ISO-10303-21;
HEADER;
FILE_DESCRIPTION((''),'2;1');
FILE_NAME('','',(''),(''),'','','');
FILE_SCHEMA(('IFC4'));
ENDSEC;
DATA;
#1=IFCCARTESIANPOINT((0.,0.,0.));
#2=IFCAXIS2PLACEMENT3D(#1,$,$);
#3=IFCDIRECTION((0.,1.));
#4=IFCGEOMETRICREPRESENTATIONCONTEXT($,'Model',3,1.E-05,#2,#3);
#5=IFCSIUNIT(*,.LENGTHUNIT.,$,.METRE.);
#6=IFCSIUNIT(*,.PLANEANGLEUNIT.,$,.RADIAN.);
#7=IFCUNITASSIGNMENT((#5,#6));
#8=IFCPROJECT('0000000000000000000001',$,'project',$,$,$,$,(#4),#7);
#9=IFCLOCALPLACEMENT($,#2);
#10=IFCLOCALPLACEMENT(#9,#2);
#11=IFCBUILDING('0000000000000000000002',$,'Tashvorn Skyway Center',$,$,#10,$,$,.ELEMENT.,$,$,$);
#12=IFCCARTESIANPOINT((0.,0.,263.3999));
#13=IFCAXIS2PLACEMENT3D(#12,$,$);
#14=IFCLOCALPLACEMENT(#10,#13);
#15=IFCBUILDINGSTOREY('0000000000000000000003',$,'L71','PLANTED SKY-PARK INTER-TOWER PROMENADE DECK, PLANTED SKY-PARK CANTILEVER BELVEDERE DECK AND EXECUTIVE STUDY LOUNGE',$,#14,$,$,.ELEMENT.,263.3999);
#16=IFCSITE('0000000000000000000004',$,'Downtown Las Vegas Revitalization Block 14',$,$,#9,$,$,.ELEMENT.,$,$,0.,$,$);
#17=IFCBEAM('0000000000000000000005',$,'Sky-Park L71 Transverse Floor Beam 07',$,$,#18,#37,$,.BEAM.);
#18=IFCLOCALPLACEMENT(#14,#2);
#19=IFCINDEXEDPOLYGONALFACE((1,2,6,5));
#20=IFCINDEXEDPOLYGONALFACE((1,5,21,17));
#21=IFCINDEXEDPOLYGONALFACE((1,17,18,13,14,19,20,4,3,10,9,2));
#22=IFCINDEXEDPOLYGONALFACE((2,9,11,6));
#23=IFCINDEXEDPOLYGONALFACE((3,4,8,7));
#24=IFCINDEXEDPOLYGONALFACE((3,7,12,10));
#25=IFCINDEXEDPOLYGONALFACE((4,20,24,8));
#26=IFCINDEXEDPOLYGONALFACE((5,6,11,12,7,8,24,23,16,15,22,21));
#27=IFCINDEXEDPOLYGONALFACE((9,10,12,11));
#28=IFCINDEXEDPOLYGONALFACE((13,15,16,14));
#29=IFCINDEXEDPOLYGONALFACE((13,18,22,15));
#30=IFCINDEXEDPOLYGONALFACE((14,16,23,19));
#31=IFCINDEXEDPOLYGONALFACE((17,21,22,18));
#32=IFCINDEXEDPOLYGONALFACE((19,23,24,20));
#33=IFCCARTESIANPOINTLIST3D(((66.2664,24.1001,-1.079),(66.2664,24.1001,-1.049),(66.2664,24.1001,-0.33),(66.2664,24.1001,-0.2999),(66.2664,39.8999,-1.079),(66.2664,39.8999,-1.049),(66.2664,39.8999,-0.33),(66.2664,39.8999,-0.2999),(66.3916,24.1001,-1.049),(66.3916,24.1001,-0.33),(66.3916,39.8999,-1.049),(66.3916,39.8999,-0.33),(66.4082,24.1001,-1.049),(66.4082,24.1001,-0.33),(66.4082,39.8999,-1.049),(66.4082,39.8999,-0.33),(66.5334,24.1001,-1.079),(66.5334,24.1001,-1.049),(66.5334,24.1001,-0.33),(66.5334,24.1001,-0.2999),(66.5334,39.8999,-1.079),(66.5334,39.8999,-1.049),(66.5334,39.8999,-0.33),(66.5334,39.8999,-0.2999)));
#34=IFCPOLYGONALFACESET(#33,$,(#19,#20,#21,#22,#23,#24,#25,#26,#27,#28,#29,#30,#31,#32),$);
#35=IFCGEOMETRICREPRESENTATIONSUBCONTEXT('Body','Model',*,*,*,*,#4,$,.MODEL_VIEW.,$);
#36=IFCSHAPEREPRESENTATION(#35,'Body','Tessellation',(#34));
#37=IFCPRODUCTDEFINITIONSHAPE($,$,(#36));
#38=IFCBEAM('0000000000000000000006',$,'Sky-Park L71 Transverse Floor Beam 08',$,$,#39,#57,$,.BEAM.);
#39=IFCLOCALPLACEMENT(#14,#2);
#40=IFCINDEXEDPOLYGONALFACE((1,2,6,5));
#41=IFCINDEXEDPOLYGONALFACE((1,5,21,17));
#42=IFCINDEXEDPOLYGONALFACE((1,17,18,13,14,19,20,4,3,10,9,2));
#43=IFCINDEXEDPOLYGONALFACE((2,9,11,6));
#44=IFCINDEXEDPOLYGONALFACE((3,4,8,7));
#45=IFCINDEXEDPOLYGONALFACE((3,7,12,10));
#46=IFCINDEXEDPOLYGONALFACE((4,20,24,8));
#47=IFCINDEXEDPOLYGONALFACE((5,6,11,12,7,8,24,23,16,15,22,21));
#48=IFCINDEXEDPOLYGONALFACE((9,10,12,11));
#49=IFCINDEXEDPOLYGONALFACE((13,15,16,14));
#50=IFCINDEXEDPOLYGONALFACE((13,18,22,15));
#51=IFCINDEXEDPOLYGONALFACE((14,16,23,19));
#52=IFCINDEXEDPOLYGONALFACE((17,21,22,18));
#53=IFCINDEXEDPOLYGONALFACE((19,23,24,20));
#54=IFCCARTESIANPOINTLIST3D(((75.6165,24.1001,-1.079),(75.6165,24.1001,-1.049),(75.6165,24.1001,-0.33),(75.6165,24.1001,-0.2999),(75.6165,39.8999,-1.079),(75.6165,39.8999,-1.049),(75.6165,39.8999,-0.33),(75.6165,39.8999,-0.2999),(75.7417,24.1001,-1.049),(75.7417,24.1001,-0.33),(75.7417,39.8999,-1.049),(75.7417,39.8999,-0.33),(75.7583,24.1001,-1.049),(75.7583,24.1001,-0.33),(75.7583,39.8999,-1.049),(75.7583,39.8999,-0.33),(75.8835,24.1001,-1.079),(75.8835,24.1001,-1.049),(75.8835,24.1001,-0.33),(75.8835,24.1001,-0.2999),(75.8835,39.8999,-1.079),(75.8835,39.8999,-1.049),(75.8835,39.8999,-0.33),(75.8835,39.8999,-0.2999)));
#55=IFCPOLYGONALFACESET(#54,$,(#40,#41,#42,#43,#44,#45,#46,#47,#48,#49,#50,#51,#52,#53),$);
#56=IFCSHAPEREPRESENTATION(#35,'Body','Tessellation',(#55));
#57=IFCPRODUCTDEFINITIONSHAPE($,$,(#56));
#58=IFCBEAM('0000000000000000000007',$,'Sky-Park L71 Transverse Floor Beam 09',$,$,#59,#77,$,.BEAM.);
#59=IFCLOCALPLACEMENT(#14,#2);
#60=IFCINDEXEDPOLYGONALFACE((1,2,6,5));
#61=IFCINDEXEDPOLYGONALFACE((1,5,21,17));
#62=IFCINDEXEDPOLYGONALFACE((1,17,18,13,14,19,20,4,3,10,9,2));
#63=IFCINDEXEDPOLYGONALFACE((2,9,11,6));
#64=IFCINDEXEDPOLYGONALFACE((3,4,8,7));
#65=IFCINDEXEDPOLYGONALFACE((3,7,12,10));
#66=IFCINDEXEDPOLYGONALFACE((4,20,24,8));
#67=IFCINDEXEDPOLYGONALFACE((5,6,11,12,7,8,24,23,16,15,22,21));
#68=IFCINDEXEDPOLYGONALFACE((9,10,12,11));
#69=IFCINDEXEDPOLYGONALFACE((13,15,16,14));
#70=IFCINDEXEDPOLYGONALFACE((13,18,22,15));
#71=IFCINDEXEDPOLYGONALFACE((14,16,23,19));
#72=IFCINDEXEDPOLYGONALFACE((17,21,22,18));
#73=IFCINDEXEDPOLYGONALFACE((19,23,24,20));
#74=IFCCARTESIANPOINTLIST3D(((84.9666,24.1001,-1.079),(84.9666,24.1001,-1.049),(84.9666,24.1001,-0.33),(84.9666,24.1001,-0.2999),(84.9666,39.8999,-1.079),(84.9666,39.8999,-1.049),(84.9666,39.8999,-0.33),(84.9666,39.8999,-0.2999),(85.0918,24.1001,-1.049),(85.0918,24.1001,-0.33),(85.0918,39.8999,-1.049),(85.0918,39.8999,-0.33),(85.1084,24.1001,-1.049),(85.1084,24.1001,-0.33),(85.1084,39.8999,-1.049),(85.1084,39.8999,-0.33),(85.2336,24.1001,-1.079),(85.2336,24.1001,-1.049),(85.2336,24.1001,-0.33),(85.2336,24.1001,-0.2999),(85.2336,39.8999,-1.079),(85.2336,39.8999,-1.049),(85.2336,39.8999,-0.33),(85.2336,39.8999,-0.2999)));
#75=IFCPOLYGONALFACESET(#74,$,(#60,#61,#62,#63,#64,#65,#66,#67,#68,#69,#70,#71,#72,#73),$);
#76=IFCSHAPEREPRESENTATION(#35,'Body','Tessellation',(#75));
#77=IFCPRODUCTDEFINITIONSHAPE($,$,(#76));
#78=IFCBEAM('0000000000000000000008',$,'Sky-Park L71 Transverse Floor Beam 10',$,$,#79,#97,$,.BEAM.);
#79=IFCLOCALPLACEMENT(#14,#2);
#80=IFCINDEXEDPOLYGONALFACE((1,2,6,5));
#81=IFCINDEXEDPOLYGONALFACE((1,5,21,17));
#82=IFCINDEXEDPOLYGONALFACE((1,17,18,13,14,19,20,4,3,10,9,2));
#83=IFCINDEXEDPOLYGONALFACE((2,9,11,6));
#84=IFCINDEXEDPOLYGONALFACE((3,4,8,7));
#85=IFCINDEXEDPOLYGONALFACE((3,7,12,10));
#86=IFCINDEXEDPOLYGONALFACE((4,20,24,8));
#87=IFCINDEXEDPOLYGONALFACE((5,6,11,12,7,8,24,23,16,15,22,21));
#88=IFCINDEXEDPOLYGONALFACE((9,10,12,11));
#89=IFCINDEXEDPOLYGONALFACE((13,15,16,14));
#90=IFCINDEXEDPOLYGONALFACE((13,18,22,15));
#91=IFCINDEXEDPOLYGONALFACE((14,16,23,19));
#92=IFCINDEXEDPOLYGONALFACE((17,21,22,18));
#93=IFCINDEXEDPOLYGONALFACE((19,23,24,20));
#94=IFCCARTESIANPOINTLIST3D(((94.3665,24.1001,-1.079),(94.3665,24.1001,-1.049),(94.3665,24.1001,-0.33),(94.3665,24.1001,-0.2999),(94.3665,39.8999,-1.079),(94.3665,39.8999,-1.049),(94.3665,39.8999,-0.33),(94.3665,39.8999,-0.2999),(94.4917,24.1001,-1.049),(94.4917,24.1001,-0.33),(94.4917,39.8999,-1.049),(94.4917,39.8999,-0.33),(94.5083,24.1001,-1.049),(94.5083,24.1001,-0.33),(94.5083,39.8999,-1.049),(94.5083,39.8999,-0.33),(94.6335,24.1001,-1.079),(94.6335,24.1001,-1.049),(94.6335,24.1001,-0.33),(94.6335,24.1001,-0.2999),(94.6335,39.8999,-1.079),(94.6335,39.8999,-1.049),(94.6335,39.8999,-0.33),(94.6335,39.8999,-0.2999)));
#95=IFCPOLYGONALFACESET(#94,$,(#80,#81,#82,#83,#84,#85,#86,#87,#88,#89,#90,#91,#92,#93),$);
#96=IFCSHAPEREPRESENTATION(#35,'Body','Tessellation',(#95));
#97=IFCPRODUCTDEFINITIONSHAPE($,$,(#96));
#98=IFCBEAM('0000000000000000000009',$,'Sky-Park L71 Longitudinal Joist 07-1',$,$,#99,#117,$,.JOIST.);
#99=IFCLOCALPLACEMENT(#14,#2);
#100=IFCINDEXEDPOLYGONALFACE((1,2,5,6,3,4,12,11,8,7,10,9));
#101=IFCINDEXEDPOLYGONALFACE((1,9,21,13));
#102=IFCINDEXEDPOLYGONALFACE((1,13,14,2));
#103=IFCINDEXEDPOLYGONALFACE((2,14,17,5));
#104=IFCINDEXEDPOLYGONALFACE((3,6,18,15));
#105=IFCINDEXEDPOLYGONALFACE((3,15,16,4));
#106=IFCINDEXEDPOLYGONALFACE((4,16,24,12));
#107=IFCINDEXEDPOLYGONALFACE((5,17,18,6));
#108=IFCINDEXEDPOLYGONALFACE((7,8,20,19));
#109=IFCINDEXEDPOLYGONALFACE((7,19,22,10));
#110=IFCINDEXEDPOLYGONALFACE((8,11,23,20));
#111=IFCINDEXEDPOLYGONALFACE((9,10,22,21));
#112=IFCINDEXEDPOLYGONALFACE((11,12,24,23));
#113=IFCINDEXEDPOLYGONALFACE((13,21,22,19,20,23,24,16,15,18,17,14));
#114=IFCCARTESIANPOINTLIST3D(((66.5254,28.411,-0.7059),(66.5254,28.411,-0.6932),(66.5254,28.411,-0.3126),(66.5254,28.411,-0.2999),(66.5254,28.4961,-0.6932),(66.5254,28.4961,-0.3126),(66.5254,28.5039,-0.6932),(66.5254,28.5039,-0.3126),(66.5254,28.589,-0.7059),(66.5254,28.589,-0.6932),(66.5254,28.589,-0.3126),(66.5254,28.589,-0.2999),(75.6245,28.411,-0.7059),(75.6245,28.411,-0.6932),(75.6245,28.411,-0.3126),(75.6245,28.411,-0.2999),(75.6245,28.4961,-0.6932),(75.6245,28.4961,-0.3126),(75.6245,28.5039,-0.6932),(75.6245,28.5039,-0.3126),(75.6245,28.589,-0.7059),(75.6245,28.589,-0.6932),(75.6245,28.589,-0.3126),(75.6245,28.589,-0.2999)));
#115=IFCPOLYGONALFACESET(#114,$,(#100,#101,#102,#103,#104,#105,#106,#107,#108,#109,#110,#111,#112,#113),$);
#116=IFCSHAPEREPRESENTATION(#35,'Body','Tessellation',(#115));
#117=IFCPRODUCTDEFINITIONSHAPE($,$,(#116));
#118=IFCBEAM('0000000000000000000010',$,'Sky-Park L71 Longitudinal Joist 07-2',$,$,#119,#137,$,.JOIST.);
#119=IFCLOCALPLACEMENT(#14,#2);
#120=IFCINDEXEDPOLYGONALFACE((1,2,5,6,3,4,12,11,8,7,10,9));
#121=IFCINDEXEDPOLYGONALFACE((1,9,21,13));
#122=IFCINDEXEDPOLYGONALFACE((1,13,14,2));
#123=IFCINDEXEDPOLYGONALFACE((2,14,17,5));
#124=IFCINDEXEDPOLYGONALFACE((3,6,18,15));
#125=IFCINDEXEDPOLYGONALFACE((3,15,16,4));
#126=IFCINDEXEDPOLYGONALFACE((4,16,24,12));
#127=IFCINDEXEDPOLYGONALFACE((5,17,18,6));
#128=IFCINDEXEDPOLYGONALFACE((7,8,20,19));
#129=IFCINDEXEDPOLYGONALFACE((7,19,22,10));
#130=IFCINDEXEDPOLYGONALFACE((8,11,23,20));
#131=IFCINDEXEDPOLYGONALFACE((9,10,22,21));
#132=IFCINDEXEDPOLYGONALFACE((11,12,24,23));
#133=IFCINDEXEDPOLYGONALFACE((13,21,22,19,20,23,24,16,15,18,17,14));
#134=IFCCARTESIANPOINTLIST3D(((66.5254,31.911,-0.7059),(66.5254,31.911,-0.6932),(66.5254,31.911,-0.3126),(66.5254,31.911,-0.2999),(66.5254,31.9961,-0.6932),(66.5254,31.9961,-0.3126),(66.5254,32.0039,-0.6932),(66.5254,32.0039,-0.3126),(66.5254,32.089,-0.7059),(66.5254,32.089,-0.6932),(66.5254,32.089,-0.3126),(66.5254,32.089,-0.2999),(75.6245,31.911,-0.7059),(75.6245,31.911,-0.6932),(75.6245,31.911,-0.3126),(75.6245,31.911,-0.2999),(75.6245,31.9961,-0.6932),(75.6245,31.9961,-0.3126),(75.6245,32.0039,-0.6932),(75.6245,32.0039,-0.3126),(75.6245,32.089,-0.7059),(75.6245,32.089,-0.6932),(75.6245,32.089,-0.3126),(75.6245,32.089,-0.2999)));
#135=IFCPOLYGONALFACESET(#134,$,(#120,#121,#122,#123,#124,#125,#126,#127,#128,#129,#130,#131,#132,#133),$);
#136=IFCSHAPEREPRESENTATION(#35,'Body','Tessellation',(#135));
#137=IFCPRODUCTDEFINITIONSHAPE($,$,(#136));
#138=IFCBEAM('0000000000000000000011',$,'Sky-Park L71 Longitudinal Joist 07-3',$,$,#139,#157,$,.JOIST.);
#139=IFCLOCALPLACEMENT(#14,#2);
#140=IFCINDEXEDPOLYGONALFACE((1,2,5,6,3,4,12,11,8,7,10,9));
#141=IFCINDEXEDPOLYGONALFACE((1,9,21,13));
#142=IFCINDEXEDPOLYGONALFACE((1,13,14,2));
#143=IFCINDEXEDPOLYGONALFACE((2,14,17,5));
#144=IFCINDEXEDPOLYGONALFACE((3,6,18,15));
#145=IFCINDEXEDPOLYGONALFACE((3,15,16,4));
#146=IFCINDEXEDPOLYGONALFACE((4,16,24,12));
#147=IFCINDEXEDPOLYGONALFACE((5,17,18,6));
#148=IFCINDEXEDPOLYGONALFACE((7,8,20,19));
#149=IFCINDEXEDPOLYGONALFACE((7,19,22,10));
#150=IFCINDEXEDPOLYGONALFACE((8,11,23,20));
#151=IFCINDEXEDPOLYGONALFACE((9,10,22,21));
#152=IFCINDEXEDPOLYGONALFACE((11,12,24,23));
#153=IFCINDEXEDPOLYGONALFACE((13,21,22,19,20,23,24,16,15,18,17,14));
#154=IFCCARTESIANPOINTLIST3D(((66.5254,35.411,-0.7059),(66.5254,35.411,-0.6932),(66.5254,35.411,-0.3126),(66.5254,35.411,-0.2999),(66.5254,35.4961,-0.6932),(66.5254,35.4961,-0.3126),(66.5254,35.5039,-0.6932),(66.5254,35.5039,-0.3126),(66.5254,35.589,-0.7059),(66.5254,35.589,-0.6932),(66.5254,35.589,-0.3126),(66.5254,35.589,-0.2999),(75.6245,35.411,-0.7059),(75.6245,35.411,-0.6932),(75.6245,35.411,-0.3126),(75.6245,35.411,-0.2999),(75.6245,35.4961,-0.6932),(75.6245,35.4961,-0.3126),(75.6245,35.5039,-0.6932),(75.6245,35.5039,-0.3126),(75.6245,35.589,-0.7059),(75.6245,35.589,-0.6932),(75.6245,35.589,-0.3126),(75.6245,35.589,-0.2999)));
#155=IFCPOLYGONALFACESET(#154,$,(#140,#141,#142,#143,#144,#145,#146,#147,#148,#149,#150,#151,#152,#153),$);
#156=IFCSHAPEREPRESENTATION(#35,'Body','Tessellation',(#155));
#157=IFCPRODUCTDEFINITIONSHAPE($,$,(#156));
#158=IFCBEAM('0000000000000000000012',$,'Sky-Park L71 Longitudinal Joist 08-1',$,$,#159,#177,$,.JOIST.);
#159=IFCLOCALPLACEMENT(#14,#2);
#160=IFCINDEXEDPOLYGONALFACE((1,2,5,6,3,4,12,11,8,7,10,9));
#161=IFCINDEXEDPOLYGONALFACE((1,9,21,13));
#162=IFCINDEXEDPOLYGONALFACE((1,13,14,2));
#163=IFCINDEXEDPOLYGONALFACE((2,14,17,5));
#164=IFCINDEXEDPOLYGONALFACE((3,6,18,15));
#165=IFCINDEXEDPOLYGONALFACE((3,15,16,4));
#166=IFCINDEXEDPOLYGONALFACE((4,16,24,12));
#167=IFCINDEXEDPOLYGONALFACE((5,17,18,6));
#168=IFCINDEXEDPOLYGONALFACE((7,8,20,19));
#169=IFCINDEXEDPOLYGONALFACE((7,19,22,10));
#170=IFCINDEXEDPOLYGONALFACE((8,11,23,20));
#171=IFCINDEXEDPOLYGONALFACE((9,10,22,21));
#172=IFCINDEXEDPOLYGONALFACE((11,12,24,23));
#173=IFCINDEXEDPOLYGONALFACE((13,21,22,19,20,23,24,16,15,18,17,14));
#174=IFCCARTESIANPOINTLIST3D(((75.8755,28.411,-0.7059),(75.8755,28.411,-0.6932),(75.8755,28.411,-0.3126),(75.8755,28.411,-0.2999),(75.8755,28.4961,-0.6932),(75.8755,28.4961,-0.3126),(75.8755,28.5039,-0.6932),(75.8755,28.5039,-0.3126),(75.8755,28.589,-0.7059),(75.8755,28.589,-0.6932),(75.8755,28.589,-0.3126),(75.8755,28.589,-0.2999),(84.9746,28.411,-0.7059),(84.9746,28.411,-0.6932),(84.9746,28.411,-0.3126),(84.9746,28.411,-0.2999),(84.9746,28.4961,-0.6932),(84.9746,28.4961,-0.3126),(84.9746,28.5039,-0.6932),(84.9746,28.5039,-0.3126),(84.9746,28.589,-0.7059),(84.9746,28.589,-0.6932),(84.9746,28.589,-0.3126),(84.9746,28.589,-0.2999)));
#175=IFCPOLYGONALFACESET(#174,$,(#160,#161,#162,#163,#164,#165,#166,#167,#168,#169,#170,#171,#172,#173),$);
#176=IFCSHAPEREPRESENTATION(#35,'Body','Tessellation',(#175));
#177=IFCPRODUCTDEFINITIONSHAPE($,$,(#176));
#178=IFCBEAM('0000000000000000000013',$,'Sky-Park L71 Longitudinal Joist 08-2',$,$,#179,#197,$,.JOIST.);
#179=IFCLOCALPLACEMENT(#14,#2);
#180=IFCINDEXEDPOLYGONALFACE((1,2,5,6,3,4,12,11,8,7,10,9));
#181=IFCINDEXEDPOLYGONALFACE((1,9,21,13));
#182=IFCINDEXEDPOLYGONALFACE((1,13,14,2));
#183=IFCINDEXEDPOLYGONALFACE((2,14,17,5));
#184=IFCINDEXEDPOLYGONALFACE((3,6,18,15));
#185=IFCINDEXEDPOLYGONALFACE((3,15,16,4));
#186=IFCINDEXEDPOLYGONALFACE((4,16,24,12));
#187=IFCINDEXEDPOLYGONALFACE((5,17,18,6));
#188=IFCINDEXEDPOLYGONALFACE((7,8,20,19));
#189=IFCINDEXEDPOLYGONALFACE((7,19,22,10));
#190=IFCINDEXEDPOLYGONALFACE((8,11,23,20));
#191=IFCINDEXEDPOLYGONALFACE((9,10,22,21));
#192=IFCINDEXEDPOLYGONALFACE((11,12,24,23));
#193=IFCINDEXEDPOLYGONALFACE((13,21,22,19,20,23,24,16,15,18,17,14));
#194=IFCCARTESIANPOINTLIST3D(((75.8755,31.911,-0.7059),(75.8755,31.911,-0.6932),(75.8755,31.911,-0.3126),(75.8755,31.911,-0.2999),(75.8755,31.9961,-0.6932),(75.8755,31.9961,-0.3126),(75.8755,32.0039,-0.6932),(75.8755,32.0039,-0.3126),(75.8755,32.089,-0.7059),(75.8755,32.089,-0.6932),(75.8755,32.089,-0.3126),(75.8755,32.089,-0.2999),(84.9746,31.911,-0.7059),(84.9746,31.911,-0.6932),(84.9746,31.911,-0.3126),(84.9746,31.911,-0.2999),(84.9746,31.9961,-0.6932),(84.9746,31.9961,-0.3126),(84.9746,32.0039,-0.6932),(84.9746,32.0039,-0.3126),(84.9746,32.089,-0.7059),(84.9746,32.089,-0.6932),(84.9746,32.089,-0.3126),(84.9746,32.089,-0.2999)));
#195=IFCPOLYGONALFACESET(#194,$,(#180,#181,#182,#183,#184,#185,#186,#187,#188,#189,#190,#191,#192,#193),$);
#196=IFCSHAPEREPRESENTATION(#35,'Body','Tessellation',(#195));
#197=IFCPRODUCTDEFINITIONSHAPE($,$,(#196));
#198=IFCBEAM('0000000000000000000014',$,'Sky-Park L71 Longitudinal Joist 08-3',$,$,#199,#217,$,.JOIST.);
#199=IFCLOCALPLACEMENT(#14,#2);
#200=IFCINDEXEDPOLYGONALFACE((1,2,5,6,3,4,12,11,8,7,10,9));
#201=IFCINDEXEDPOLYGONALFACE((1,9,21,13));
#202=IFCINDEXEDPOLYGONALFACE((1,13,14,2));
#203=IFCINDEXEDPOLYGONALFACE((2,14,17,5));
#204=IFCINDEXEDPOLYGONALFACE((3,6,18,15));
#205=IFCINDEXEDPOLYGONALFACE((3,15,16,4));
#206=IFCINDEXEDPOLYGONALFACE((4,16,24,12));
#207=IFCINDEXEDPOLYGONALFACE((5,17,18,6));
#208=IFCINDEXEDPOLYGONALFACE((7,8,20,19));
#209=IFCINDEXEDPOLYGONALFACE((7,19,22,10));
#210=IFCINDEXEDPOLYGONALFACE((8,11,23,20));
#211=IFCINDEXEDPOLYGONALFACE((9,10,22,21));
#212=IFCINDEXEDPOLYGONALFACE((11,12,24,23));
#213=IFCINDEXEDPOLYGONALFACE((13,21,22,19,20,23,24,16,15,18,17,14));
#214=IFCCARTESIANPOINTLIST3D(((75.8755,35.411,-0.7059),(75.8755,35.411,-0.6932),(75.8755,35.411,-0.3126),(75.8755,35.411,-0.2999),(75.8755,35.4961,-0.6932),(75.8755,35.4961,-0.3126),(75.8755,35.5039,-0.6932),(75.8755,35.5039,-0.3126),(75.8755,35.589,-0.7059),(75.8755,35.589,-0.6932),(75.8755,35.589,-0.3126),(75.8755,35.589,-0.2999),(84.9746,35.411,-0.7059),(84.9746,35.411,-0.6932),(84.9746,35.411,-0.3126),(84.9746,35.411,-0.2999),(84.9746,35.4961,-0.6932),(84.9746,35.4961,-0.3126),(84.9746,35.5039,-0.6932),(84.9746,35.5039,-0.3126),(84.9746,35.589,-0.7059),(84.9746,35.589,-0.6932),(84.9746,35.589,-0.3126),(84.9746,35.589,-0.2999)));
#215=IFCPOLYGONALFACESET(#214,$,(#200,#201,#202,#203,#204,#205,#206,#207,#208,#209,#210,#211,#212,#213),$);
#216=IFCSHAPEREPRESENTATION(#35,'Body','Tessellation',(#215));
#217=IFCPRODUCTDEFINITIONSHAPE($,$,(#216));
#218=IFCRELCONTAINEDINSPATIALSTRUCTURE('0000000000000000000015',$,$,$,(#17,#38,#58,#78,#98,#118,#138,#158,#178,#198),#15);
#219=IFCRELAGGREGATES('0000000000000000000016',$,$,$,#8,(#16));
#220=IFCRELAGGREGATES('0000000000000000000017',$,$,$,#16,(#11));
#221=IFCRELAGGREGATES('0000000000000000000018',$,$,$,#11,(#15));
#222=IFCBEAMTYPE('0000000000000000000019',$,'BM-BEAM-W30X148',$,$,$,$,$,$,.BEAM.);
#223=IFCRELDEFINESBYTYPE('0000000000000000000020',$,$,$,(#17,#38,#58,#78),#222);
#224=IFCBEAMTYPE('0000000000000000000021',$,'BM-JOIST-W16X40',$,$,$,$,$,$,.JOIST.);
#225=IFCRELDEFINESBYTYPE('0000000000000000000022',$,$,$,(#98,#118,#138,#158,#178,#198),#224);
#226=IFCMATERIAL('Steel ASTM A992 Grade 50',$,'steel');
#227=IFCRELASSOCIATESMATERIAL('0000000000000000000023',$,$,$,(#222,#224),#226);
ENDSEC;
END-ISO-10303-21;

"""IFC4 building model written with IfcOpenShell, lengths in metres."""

from ifc_helpers import new_model, si_unit, direction, frame, origin, origin_2d, place, context, subcontext, project, spatial, i_section, extrude, material, material_profile, profile_set, type_object, element, save


model = new_model("IFC4")

# Units and contexts
model_context = context("Model", 3, precision=1e-05, world=origin(), true_north=direction((0.0, 1.0)))
body_context = subcontext(model_context, "Body", "Model", "MODEL_VIEW")
ifc_project = project(units=[si_unit("LENGTHUNIT", "METRE"), si_unit("PLANEANGLEUNIT", "RADIAN")], contexts=[model_context])

# Site, building, storey
site_placement = place(None, origin())
site = spatial("IfcSite", under=ifc_project, at=site_placement, Name="Downtown Las Vegas Revitalization Block 14", CompositionType="ELEMENT", RefElevation=0.0)
building_placement = place(site_placement, origin())
building = spatial("IfcBuilding", under=site, at=building_placement, Name="Tashvorn Skyway Center", CompositionType="ELEMENT")
storey_placement = place(building_placement, frame((0.0, 0.0, 263.3999)))
storey = spatial("IfcBuildingStorey", under=building, at=storey_placement, Name="L71", Description="PLANTED SKY-PARK INTER-TOWER PROMENADE DECK, PLANTED SKY-PARK CANTILEVER BELVEDERE DECK AND EXECUTIVE STUDY LOUNGE", CompositionType="ELEMENT", Elevation=263.3999)

# Beams
ifc_material_1 = material(Name="Steel ASTM A992 Grade 50", Category="steel")
ifc_material_profile_1 = material_profile(ifc_material_1, i_section(OverallWidth=0.2671, OverallDepth=0.7791, WebThickness=0.0166, FlangeThickness=0.03, at=origin_2d()), Name="W30X148")
ifc_profile_set_1 = profile_set([ifc_material_profile_1], Name="Steel ASTM A992 Grade 50")
beam_type_1 = type_object("IfcBeamType", Name="BM-BEAM-W30X148", PredefinedType="BEAM", material=ifc_profile_set_1)
for number, where, z_axis, x_axis, name in (
    (1, (66.3999, 24.1001, -0.6895), (0.0, 1.0, 0.0), (-1.0, 0.0, 0.0), "Sky-Park L71 Transverse Floor Beam 07"),
    (2, (75.75, 24.1001, -0.6895), (0.0, 1.0, 0.0), (-1.0, 0.0, 0.0), "Sky-Park L71 Transverse Floor Beam 08"),
    (3, (85.1001, 24.1001, -0.6895), (0.0, 1.0, 0.0), (-1.0, 0.0, 0.0), "Sky-Park L71 Transverse Floor Beam 09"),
    (4, (94.5, 24.1001, -0.6895), (0.0, 1.0, 0.0), (-1.0, 0.0, 0.0), "Sky-Park L71 Transverse Floor Beam 10"),
):
    element("IfcBeam", number, at=place(storey_placement, frame(where, z_axis=z_axis, x_axis=x_axis)), inside=storey, type_object=beam_type_1, Name=name, PredefinedType="BEAM", context=body_context, shape_type="SweptSolid", body=[
        extrude(i_section(OverallWidth=0.2671, OverallDepth=0.7791, WebThickness=0.0166, FlangeThickness=0.03, at=origin_2d()), origin(), (0.0, 0.0, 1.0), 15.7998),
    ])
ifc_material_profile_2 = material_profile(ifc_material_1, i_section(OverallWidth=0.178, OverallDepth=0.406, WebThickness=0.0078, FlangeThickness=0.0127, at=origin_2d()), Name="W16X40")
ifc_profile_set_2 = profile_set([ifc_material_profile_2], Name="Steel ASTM A992 Grade 50")
beam_type_2 = type_object("IfcBeamType", Name="BM-JOIST-W16X40", PredefinedType="JOIST", material=ifc_profile_set_2)
for number, where, z_axis, x_axis, name in (
    (5, (66.5254, 28.5, -0.5029), (1.0, 0.0, 0.0), (0.0, 1.0, 0.0), "Sky-Park L71 Longitudinal Joist 07-1"),
    (6, (66.5254, 32.0, -0.5029), (1.0, 0.0, 0.0), (0.0, 1.0, 0.0), "Sky-Park L71 Longitudinal Joist 07-2"),
    (7, (66.5254, 35.5, -0.5029), (1.0, 0.0, 0.0), (0.0, 1.0, 0.0), "Sky-Park L71 Longitudinal Joist 07-3"),
    (8, (75.8755, 28.5, -0.5029), (1.0, 0.0, 0.0), (0.0, 1.0, 0.0), "Sky-Park L71 Longitudinal Joist 08-1"),
    (9, (75.8755, 32.0, -0.5029), (1.0, 0.0, 0.0), (0.0, 1.0, 0.0), "Sky-Park L71 Longitudinal Joist 08-2"),
    (10, (75.8755, 35.5, -0.5029), (1.0, 0.0, 0.0), (0.0, 1.0, 0.0), "Sky-Park L71 Longitudinal Joist 08-3"),
):
    element("IfcBeam", number, at=place(storey_placement, frame(where, z_axis=z_axis, x_axis=x_axis)), inside=storey, type_object=beam_type_2, Name=name, PredefinedType="JOIST", context=body_context, shape_type="SweptSolid", body=[
        extrude(i_section(OverallWidth=0.178, OverallDepth=0.406, WebThickness=0.0078, FlangeThickness=0.0127, at=origin_2d()), origin(), (0.0, 0.0, 1.0), 9.0991),
    ])

save(model, "model.ifc")
